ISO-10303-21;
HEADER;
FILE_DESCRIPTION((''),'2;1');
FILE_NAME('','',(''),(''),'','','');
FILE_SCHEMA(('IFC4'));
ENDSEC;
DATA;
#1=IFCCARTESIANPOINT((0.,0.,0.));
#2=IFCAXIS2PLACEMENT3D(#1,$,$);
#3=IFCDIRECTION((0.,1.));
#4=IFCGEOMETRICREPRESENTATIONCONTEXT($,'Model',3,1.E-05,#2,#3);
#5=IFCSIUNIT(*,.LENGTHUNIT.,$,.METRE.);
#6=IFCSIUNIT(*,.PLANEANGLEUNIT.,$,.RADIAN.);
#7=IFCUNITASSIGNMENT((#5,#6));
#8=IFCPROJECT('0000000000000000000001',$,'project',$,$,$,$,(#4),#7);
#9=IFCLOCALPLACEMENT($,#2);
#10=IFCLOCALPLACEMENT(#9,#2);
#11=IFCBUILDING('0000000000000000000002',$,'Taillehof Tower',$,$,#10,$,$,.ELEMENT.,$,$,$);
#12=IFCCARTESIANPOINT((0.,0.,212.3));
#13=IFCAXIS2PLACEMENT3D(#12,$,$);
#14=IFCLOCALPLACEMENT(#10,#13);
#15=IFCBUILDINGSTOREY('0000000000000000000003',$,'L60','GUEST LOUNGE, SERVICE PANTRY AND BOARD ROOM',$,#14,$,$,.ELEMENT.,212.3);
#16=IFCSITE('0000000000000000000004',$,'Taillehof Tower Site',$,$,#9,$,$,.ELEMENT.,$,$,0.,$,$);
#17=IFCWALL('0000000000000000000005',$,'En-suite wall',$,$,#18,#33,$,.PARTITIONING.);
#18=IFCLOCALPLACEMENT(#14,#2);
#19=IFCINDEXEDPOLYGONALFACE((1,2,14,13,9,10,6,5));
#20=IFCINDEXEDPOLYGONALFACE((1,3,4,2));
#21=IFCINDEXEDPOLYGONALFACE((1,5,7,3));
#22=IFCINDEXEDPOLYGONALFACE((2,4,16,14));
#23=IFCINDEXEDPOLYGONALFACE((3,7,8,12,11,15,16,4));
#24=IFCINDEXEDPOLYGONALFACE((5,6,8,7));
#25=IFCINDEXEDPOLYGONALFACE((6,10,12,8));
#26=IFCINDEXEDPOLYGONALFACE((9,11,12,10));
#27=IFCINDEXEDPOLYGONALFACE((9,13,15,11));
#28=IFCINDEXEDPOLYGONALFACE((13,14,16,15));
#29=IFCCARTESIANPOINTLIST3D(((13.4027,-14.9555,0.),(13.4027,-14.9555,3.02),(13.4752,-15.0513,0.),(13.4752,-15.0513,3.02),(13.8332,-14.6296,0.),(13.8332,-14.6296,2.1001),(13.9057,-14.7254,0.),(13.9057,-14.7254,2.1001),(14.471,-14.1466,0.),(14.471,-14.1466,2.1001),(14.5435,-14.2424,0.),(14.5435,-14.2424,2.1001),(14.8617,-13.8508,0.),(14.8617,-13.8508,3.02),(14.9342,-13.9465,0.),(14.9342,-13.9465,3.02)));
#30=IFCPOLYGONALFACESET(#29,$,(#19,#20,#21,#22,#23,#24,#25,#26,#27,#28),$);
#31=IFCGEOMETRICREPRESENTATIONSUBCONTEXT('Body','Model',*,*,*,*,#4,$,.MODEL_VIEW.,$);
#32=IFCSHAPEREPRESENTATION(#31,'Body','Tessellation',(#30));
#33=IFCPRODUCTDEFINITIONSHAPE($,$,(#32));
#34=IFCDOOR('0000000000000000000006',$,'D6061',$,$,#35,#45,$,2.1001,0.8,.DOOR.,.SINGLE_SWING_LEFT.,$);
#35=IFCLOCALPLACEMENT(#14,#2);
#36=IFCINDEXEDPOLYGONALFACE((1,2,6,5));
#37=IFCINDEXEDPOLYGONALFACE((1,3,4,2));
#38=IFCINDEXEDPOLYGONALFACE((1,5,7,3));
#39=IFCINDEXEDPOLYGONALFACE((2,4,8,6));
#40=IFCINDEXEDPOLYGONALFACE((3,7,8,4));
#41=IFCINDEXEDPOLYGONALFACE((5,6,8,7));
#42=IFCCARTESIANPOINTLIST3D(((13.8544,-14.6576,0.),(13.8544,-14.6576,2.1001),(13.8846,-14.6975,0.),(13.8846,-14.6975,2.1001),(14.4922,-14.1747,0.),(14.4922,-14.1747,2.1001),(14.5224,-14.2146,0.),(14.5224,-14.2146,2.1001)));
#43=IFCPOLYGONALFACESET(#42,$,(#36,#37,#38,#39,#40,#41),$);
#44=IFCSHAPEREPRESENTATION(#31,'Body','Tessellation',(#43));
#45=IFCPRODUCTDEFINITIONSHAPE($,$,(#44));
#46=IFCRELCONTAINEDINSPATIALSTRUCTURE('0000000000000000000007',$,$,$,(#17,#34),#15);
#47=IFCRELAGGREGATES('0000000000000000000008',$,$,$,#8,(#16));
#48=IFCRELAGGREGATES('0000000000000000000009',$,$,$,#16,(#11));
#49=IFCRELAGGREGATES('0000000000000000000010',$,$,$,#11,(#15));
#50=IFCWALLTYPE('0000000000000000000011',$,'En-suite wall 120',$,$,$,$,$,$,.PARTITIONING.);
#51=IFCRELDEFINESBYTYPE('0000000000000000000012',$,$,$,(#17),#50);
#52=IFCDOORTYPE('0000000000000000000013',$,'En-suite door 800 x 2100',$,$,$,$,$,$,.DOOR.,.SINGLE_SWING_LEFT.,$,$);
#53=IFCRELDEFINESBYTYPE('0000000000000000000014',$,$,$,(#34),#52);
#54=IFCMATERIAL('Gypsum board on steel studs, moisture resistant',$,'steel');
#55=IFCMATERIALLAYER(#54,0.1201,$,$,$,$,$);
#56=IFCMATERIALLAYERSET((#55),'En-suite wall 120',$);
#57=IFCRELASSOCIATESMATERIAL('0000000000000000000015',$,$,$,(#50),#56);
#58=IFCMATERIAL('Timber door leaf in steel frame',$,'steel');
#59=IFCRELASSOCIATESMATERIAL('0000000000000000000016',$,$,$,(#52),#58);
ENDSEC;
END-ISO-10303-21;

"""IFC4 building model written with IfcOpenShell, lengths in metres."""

from ifc_helpers import new_model, si_unit, direction, frame, frame_2d, origin, place, context, subcontext, project, spatial, rectangle, extrude, material, layer, layer_set, type_object, element, fill, save


model = new_model("IFC4")

# Units and contexts
model_context = context("Model", 3, precision=1e-05, world=origin(), true_north=direction((0.0, 1.0)))
body_context = subcontext(model_context, "Body", "Model", "MODEL_VIEW")
ifc_project = project(units=[si_unit("LENGTHUNIT", "METRE"), si_unit("PLANEANGLEUNIT", "RADIAN")], contexts=[model_context])

# Site, building, storey
site_placement = place(None, origin())
site = spatial("IfcSite", under=ifc_project, at=site_placement, Name="Taillehof Tower Site", CompositionType="ELEMENT", RefElevation=0.0)
building_placement = place(site_placement, origin())
building = spatial("IfcBuilding", under=site, at=building_placement, Name="Taillehof Tower", CompositionType="ELEMENT")
storey_placement = place(building_placement, frame((0.0, 0.0, 212.3)))
storey = spatial("IfcBuildingStorey", under=building, at=storey_placement, Name="L60", Description="GUEST LOUNGE, SERVICE PANTRY AND BOARD ROOM", CompositionType="ELEMENT", Elevation=212.3)

# Shared definitions
ifc_material_1 = material(Name="Gypsum board on steel studs, moisture resistant", Category="steel")
ifc_layer_1 = layer(ifc_material_1, 0.1201)
ifc_layer_set_1 = layer_set([ifc_layer_1], Name="En-suite wall 120")
wall_type_1 = type_object("IfcWallType", Name="En-suite wall 120", PredefinedType="PARTITIONING", material=ifc_layer_set_1)

# Wall, opening, door
wall_1_placement = place(storey_placement, frame((13.439, -15.0034, 0.0), z_axis=(0.0, 0.0, 1.0), x_axis=(0.797238, 0.603665, 0.0)))
wall_1 = element("IfcWall", 1, at=wall_1_placement, inside=storey, type_object=wall_type_1, Name="En-suite wall", PredefinedType="PARTITIONING", context=body_context, shape_type="SweptSolid", body=[
    extrude(rectangle(XDim=1.8301, YDim=0.1201, at=frame_2d((0.915, 0.0))), origin(), (0.0, 0.0, 1.0), 3.02),
])
opening_1_placement = place(wall_1_placement, frame((0.54, 0.0, 0.0)))
opening_1 = element("IfcOpeningElement", 2, at=opening_1_placement, cuts=wall_1, PredefinedType="OPENING", context=body_context, shape_type="SweptSolid", body=[
    extrude(rectangle(XDim=0.8, YDim=2.1001, at=frame_2d((0.3999, 1.05))), frame((0.0, 0.0701, 0.0), z_axis=(0.0, -1.0, 0.0), x_axis=(1.0, 0.0, 0.0)), (0.0, 0.0, 1.0), 0.1401),
])
ifc_material_2 = material(Name="Timber door leaf in steel frame", Category="steel")
door_type_1 = type_object("IfcDoorType", Name="En-suite door 800 x 2100", OperationType="SINGLE_SWING_LEFT", PredefinedType="DOOR", material=ifc_material_2)
door_1_placement = place(opening_1_placement, origin())
door_1 = element("IfcDoor", 3, at=door_1_placement, inside=storey, type_object=door_type_1, Name="D6061", OperationType="SINGLE_SWING_LEFT", OverallHeight=2.1001, OverallWidth=0.8, PredefinedType="DOOR", context=body_context, shape_type="SweptSolid", body=[
    extrude(rectangle(XDim=0.8, YDim=2.1001, at=frame_2d((0.3999, 1.05))), frame((0.0, 0.0249, 0.0), z_axis=(0.0, -1.0, 0.0), x_axis=(1.0, 0.0, 0.0)), (0.0, 0.0, 1.0), 0.05),
])
fill(opening_1, door_1)

save(model, "model.ifc")
